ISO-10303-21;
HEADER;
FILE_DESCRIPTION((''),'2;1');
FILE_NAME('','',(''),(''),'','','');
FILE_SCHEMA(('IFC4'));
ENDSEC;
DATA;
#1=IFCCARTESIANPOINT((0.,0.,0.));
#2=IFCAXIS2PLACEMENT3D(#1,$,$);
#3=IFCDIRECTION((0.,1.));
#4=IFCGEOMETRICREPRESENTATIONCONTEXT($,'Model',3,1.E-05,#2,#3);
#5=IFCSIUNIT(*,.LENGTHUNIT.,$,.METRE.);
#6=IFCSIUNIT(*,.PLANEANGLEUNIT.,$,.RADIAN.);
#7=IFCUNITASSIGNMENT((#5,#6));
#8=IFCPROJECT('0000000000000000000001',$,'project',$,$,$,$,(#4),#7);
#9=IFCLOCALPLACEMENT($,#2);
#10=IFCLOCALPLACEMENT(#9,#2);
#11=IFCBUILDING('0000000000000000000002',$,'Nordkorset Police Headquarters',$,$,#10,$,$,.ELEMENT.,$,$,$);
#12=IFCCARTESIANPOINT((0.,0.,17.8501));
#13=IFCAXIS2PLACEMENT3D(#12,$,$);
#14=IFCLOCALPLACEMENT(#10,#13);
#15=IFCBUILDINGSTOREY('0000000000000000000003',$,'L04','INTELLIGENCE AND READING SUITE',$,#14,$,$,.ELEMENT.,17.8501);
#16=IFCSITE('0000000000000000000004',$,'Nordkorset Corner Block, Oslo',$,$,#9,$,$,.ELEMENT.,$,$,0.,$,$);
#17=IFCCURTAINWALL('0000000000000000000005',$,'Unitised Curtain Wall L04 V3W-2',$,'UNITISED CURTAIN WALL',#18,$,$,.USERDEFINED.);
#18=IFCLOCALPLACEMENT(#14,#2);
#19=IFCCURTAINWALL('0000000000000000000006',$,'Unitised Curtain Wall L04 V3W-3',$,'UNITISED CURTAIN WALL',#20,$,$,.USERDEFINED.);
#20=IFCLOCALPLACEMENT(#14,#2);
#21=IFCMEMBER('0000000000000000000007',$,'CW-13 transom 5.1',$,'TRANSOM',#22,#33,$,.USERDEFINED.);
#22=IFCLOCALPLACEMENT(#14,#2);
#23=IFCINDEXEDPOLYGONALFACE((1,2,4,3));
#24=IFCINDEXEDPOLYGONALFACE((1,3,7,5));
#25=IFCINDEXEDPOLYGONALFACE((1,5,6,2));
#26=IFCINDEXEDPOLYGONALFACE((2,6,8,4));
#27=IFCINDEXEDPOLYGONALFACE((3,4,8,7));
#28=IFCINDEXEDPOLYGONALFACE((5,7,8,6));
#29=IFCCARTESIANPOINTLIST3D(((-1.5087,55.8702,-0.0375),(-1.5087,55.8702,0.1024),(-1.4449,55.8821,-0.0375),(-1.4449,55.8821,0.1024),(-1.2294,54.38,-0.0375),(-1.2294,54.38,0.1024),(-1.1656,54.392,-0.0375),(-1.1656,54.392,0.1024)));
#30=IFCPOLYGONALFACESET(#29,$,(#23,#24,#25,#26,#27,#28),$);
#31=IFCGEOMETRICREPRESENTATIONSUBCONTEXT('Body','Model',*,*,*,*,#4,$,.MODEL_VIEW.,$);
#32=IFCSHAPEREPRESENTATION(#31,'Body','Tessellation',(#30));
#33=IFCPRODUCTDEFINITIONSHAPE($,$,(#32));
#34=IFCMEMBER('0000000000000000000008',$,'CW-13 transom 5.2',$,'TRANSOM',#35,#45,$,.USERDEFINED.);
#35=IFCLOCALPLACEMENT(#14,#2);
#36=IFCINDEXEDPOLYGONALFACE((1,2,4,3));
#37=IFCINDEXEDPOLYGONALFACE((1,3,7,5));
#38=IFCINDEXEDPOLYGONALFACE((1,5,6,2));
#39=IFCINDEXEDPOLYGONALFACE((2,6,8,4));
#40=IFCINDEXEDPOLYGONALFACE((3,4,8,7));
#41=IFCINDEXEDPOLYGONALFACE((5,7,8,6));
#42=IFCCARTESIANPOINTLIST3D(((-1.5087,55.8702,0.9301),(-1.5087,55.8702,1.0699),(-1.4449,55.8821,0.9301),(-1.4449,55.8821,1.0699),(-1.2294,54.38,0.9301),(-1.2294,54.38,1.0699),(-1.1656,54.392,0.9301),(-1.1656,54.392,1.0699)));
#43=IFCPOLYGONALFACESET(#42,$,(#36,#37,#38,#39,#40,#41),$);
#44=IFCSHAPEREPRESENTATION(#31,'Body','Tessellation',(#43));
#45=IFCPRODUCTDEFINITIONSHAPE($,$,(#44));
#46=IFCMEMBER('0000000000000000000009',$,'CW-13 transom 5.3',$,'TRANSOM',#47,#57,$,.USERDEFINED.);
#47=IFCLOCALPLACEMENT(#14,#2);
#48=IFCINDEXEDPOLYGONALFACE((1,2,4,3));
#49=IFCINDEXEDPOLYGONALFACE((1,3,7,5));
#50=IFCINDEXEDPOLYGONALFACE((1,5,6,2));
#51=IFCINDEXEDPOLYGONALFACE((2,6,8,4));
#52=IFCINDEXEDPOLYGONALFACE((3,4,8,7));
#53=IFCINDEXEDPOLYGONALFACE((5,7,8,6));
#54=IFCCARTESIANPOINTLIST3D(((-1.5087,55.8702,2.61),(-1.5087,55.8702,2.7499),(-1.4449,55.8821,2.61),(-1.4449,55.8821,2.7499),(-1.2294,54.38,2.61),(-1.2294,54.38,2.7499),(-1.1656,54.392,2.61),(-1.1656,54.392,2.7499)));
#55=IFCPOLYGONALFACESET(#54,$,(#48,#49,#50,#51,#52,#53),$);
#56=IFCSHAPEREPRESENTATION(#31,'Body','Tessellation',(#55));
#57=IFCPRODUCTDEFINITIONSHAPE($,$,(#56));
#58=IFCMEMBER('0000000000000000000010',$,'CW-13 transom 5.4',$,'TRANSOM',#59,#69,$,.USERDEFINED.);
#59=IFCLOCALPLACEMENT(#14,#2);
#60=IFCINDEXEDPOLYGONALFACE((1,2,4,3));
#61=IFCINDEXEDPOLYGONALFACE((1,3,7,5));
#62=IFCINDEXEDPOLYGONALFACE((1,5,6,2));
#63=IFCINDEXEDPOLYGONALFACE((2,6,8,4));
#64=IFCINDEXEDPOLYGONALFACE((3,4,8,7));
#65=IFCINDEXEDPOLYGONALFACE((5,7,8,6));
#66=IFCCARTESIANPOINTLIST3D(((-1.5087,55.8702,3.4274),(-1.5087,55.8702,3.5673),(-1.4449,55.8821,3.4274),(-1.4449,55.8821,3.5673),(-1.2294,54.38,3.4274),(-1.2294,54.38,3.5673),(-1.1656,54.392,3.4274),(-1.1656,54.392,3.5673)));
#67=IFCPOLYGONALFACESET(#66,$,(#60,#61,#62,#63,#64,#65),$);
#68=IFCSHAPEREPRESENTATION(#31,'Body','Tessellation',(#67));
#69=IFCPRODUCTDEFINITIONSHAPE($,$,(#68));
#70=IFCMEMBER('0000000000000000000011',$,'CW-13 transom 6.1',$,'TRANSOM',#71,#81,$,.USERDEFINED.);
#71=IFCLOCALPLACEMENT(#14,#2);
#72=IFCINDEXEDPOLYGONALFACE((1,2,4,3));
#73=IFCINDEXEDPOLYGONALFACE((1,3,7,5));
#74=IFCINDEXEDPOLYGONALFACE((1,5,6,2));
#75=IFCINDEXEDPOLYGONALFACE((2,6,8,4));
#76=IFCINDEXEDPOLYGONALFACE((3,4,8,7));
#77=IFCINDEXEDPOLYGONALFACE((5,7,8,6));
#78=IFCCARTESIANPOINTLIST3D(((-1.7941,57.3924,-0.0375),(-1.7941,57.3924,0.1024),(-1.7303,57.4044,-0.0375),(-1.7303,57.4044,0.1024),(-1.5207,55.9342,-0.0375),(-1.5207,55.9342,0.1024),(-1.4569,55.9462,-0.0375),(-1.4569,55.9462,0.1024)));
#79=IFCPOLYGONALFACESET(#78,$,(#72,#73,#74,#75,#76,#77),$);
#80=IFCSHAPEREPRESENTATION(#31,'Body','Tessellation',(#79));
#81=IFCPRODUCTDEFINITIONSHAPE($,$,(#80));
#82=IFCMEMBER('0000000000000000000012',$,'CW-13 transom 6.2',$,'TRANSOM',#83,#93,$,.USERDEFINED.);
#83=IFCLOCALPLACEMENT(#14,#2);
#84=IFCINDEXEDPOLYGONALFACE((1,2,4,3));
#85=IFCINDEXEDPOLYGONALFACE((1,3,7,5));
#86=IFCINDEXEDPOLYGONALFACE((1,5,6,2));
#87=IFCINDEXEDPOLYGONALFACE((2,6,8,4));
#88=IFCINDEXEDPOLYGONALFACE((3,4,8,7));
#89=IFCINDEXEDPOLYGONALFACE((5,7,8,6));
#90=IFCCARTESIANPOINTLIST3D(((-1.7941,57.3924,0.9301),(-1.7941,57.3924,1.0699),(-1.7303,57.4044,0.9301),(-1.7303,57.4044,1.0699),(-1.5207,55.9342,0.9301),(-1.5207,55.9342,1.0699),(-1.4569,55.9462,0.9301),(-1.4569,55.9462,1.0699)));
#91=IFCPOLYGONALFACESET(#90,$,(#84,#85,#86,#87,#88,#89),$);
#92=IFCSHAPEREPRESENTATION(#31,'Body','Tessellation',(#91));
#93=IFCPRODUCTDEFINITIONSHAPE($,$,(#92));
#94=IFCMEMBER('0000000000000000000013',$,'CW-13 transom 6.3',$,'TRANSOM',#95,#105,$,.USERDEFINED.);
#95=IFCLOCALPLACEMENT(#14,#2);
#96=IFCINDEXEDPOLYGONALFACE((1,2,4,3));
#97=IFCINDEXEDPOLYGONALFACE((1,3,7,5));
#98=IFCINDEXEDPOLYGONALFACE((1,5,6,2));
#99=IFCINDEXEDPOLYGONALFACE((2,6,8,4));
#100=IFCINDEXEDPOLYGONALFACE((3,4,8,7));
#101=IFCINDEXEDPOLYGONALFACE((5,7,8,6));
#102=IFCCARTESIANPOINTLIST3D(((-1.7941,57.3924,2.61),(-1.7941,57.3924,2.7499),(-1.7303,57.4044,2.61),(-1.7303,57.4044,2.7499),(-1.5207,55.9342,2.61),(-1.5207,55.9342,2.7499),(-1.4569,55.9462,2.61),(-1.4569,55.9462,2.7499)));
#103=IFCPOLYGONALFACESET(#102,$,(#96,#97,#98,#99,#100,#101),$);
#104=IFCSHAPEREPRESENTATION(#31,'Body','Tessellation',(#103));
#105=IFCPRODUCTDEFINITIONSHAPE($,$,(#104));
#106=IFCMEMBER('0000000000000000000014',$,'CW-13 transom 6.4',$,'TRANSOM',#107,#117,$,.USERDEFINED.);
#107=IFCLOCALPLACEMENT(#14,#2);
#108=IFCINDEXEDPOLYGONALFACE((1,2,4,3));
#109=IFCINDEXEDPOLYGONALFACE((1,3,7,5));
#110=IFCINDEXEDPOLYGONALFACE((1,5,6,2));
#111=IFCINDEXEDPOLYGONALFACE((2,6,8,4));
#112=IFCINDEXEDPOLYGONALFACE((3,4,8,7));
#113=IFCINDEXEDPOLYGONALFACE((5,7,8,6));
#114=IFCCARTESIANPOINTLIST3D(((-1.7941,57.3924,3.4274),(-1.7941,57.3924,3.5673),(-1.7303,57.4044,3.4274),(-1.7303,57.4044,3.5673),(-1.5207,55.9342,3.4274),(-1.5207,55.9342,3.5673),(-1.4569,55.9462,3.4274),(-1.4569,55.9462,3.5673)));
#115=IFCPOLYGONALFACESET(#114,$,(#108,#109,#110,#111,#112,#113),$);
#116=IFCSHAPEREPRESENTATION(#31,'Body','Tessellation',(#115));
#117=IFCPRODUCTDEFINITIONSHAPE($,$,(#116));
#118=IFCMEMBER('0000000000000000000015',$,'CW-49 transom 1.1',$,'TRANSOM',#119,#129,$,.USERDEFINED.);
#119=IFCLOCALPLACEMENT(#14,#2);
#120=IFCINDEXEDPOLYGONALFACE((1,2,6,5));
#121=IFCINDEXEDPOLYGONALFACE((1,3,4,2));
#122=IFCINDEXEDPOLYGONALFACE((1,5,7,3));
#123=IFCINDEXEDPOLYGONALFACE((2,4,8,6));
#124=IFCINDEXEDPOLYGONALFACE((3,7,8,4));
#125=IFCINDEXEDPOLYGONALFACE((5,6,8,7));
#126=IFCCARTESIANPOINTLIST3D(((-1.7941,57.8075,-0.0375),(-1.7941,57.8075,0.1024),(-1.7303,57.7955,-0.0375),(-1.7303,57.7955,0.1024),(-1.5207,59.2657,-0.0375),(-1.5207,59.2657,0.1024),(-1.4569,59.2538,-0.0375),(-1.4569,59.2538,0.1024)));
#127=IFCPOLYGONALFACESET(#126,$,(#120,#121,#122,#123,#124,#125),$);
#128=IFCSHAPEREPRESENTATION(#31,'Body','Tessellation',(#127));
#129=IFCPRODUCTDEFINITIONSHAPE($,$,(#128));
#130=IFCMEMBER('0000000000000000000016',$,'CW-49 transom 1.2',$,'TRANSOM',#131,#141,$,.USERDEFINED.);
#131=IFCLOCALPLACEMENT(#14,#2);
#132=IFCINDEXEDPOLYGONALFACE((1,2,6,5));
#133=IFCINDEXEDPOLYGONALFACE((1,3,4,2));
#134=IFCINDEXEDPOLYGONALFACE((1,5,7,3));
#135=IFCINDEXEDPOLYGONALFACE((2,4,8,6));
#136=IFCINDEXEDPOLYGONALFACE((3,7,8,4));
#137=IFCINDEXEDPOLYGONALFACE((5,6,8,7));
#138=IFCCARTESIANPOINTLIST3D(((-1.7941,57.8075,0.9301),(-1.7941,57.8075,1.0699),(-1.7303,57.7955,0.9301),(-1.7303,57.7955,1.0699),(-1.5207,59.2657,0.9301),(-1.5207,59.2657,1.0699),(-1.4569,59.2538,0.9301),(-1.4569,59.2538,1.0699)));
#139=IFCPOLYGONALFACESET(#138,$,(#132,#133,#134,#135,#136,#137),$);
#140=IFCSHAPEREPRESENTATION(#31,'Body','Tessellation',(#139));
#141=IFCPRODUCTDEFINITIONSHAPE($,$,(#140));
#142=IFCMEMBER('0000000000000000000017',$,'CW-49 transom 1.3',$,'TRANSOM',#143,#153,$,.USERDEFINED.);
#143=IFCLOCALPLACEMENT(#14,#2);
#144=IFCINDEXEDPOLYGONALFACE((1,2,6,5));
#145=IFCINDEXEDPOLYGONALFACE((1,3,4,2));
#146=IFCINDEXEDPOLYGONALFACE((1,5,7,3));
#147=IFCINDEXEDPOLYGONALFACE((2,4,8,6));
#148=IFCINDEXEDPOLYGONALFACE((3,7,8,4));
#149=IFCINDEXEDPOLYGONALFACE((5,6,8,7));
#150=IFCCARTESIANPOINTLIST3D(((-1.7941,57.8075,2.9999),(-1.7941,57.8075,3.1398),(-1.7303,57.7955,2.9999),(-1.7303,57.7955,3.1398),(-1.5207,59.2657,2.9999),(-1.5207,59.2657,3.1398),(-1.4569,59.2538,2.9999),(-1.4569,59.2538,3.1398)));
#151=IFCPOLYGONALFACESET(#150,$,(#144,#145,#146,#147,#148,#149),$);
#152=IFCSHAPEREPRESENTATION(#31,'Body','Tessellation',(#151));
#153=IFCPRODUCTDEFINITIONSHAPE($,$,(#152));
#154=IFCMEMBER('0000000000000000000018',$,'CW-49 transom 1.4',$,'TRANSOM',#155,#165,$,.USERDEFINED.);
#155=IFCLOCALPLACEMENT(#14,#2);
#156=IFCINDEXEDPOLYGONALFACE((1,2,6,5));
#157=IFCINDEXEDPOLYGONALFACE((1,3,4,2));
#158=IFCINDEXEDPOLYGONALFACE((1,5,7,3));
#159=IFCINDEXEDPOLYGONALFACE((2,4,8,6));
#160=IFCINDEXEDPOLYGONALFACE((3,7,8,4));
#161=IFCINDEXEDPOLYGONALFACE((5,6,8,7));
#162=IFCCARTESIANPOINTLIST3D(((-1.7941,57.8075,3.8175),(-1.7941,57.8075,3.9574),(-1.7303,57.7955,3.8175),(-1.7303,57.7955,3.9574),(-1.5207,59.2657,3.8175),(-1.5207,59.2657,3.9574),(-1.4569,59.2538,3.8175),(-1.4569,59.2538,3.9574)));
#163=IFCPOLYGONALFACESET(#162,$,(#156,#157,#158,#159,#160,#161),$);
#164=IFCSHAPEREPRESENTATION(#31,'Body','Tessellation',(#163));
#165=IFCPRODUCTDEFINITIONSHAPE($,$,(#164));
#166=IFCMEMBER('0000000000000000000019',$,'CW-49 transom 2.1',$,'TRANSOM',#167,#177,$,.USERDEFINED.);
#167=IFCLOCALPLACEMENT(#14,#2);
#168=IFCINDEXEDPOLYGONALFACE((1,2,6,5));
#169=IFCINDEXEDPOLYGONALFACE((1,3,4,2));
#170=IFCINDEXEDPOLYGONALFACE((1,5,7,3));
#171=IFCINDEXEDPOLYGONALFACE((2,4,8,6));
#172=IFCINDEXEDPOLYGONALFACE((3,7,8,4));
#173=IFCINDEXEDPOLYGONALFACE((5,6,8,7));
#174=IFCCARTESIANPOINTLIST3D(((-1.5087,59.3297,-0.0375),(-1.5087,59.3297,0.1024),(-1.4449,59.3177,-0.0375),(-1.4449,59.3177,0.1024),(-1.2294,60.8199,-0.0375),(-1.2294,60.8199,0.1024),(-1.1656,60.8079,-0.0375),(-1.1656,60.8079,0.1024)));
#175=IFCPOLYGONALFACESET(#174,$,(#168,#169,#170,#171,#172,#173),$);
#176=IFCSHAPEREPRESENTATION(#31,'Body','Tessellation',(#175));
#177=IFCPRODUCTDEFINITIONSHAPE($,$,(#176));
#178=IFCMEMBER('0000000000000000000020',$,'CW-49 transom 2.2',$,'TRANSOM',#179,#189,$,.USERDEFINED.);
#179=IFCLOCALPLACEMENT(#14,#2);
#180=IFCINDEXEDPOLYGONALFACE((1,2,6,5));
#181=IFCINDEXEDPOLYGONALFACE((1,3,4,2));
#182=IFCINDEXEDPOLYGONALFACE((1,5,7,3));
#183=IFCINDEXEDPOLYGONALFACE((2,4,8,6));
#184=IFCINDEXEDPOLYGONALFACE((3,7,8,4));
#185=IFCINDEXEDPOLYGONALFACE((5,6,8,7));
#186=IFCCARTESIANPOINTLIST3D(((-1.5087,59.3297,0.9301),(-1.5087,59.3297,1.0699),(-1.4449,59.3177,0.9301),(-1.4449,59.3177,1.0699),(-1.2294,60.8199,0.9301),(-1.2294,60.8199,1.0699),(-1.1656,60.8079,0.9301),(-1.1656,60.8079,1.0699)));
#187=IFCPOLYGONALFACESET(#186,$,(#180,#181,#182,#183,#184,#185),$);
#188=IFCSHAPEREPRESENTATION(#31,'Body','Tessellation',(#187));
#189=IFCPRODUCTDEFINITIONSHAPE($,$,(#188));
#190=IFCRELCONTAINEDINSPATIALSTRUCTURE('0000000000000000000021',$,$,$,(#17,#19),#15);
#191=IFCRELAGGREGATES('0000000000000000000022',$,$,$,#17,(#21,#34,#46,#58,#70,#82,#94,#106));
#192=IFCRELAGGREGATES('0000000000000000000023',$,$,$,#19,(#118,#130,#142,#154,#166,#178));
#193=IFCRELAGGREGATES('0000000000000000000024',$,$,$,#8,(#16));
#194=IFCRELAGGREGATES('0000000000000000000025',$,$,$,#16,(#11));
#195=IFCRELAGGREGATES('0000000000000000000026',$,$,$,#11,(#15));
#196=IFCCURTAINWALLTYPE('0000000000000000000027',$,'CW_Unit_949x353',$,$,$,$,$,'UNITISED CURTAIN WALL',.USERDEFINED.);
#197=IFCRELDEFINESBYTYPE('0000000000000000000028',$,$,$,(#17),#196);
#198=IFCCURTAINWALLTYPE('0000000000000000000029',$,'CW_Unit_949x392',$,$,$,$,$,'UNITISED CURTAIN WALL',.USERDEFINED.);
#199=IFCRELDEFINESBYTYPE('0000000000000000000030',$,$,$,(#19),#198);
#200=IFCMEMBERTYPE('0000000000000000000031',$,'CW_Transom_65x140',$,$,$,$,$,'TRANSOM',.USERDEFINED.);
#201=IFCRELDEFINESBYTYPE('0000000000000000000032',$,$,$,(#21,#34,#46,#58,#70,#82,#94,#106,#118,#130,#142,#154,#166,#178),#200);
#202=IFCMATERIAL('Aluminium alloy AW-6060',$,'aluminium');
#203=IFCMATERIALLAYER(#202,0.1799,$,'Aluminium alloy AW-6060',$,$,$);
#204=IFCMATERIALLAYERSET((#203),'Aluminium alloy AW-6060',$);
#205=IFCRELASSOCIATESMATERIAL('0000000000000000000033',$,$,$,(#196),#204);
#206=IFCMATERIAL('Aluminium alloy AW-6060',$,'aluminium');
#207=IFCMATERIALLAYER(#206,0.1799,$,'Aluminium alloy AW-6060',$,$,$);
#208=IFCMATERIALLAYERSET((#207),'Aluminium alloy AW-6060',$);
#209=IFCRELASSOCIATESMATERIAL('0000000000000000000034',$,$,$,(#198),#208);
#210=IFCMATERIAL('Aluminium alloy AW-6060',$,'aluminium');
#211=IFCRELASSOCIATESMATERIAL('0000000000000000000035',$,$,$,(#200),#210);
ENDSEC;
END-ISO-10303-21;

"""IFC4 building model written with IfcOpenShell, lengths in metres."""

from ifc_helpers import new_model, si_unit, direction, frame, origin, origin_2d, place, context, subcontext, project, spatial, rectangle, extrude, material, layer, layer_set, material_profile, profile_set, type_object, element, aggregate, save


model = new_model("IFC4")

# Units and contexts
model_context = context("Model", 3, precision=1e-05, world=origin(), true_north=direction((0.0, 1.0)))
body_context = subcontext(model_context, "Body", "Model", "MODEL_VIEW")
ifc_project = project(units=[si_unit("LENGTHUNIT", "METRE"), si_unit("PLANEANGLEUNIT", "RADIAN")], contexts=[model_context])

# Site, building, storey
site_placement = place(None, origin())
site = spatial("IfcSite", under=ifc_project, at=site_placement, Name="Nordkorset Corner Block, Oslo", CompositionType="ELEMENT", RefElevation=0.0)
building_placement = place(site_placement, origin())
building = spatial("IfcBuilding", under=site, at=building_placement, Name="Nordkorset Police Headquarters", CompositionType="ELEMENT")
storey_placement = place(building_placement, frame((0.0, 0.0, 17.8501)))
storey = spatial("IfcBuildingStorey", under=building, at=storey_placement, Name="L04", Description="INTELLIGENCE AND READING SUITE", CompositionType="ELEMENT", Elevation=17.8501)

# Curtain walls
ifc_material_1 = material(Name="Aluminium alloy AW-6060", Category="aluminium")
ifc_layer_1 = layer(ifc_material_1, 0.1799, Name="Aluminium alloy AW-6060")
ifc_layer_set_1 = layer_set([ifc_layer_1], Name="Aluminium alloy AW-6060")
curtain_wall_type_1 = type_object("IfcCurtainWallType", Name="CW_Unit_949x353", ElementType="UNITISED CURTAIN WALL", PredefinedType="USERDEFINED", material=ifc_layer_set_1)
curtain_wall_1_placement = place(storey_placement, origin())
curtain_wall_1 = element("IfcCurtainWall", 1, at=curtain_wall_1_placement, inside=storey, type_object=curtain_wall_type_1, Name="Unitised Curtain Wall L04 V3W-2", ObjectType="UNITISED CURTAIN WALL", PredefinedType="USERDEFINED")
ifc_material_2 = material(Name="Aluminium alloy AW-6060", Category="aluminium")
ifc_layer_2 = layer(ifc_material_2, 0.1799, Name="Aluminium alloy AW-6060")
ifc_layer_set_2 = layer_set([ifc_layer_2], Name="Aluminium alloy AW-6060")
curtain_wall_type_2 = type_object("IfcCurtainWallType", Name="CW_Unit_949x392", ElementType="UNITISED CURTAIN WALL", PredefinedType="USERDEFINED", material=ifc_layer_set_2)
curtain_wall_2_placement = place(storey_placement, origin())
curtain_wall_2 = element("IfcCurtainWall", 2, at=curtain_wall_2_placement, inside=storey, type_object=curtain_wall_type_2, Name="Unitised Curtain Wall L04 V3W-3", ObjectType="UNITISED CURTAIN WALL", PredefinedType="USERDEFINED")

# Members
ifc_material_3 = material(Name="Aluminium alloy AW-6060", Category="aluminium")
ifc_material_profile_1 = material_profile(ifc_material_3, rectangle(XDim=0.0649, YDim=0.1399, at=origin_2d()), Name="ALU TRAN 65x140")
ifc_profile_set_1 = profile_set([ifc_material_profile_1], Name="Aluminium alloy AW-6060")
member_type_1 = type_object("IfcMemberType", Name="CW_Transom_65x140", ElementType="TRANSOM", PredefinedType="USERDEFINED", material=ifc_profile_set_1)
member_1_placement = place(storey_placement, frame((-1.1975, 54.386, 0.0325), z_axis=(-0.184211, 0.982887, 0.0), x_axis=(-0.982887, -0.184211, 0.0)))
member_1 = element("IfcMember", 3, at=member_1_placement, type_object=member_type_1, Name="CW-13 transom 5.1", ObjectType="TRANSOM", PredefinedType="USERDEFINED", context=body_context, shape_type="SweptSolid", body=[
    extrude(rectangle(XDim=0.0649, YDim=0.1399, at=origin_2d()), origin(), (0.0, 0.0, 1.0), 1.5161),
])
member_2_placement = place(storey_placement, frame((-1.1975, 54.386, 1.0), z_axis=(-0.184211, 0.982887, 0.0), x_axis=(-0.982887, -0.184211, 0.0)))
member_2 = element("IfcMember", 4, at=member_2_placement, type_object=member_type_1, Name="CW-13 transom 5.2", ObjectType="TRANSOM", PredefinedType="USERDEFINED", context=body_context, shape_type="SweptSolid", body=[
    extrude(rectangle(XDim=0.0649, YDim=0.1399, at=origin_2d()), origin(), (0.0, 0.0, 1.0), 1.5161),
])
member_3_placement = place(storey_placement, frame((-1.1975, 54.386, 2.6799), z_axis=(-0.184211, 0.982887, 0.0), x_axis=(-0.982887, -0.184211, 0.0)))
member_3 = element("IfcMember", 5, at=member_3_placement, type_object=member_type_1, Name="CW-13 transom 5.3", ObjectType="TRANSOM", PredefinedType="USERDEFINED", context=body_context, shape_type="SweptSolid", body=[
    extrude(rectangle(XDim=0.0649, YDim=0.1399, at=origin_2d()), origin(), (0.0, 0.0, 1.0), 1.5161),
])
member_4_placement = place(storey_placement, frame((-1.1975, 54.386, 3.4973), z_axis=(-0.184211, 0.982887, 0.0), x_axis=(-0.982887, -0.184211, 0.0)))
member_4 = element("IfcMember", 6, at=member_4_placement, type_object=member_type_1, Name="CW-13 transom 5.4", ObjectType="TRANSOM", PredefinedType="USERDEFINED", context=body_context, shape_type="SweptSolid", body=[
    extrude(rectangle(XDim=0.0649, YDim=0.1399, at=origin_2d()), origin(), (0.0, 0.0, 1.0), 1.5161),
])
member_5_placement = place(storey_placement, frame((-1.4888, 55.9402, 0.0325), z_axis=(-0.184298, 0.98287, 0.0), x_axis=(-0.98287, -0.184298, 0.0)))
member_5 = element("IfcMember", 7, at=member_5_placement, type_object=member_type_1, Name="CW-13 transom 6.1", ObjectType="TRANSOM", PredefinedType="USERDEFINED", context=body_context, shape_type="SweptSolid", body=[
    extrude(rectangle(XDim=0.0649, YDim=0.1399, at=origin_2d()), origin(), (0.0, 0.0, 1.0), 1.4836),
])
member_6_placement = place(storey_placement, frame((-1.4888, 55.9402, 1.0), z_axis=(-0.184298, 0.98287, 0.0), x_axis=(-0.98287, -0.184298, 0.0)))
member_6 = element("IfcMember", 8, at=member_6_placement, type_object=member_type_1, Name="CW-13 transom 6.2", ObjectType="TRANSOM", PredefinedType="USERDEFINED", context=body_context, shape_type="SweptSolid", body=[
    extrude(rectangle(XDim=0.0649, YDim=0.1399, at=origin_2d()), origin(), (0.0, 0.0, 1.0), 1.4836),
])
member_7_placement = place(storey_placement, frame((-1.4888, 55.9402, 2.6799), z_axis=(-0.184298, 0.98287, 0.0), x_axis=(-0.98287, -0.184298, 0.0)))
member_7 = element("IfcMember", 9, at=member_7_placement, type_object=member_type_1, Name="CW-13 transom 6.3", ObjectType="TRANSOM", PredefinedType="USERDEFINED", context=body_context, shape_type="SweptSolid", body=[
    extrude(rectangle(XDim=0.0649, YDim=0.1399, at=origin_2d()), origin(), (0.0, 0.0, 1.0), 1.4836),
])
member_8_placement = place(storey_placement, frame((-1.4888, 55.9402, 3.4973), z_axis=(-0.184298, 0.98287, 0.0), x_axis=(-0.98287, -0.184298, 0.0)))
member_8 = element("IfcMember", 10, at=member_8_placement, type_object=member_type_1, Name="CW-13 transom 6.4", ObjectType="TRANSOM", PredefinedType="USERDEFINED", context=body_context, shape_type="SweptSolid", body=[
    extrude(rectangle(XDim=0.0649, YDim=0.1399, at=origin_2d()), origin(), (0.0, 0.0, 1.0), 1.4836),
])
member_9_placement = place(storey_placement, frame((-1.7622, 57.8015, 0.0325), z_axis=(0.184298, 0.98287, 0.0), x_axis=(-0.98287, 0.184298, 0.0)))
member_9 = element("IfcMember", 11, at=member_9_placement, type_object=member_type_1, Name="CW-49 transom 1.1", ObjectType="TRANSOM", PredefinedType="USERDEFINED", context=body_context, shape_type="SweptSolid", body=[
    extrude(rectangle(XDim=0.0649, YDim=0.1399, at=origin_2d()), origin(), (0.0, 0.0, 1.0), 1.4836),
])
member_10_placement = place(storey_placement, frame((-1.7622, 57.8015, 1.0), z_axis=(0.184298, 0.98287, 0.0), x_axis=(-0.98287, 0.184298, 0.0)))
member_10 = element("IfcMember", 12, at=member_10_placement, type_object=member_type_1, Name="CW-49 transom 1.2", ObjectType="TRANSOM", PredefinedType="USERDEFINED", context=body_context, shape_type="SweptSolid", body=[
    extrude(rectangle(XDim=0.0649, YDim=0.1399, at=origin_2d()), origin(), (0.0, 0.0, 1.0), 1.4836),
])
member_11_placement = place(storey_placement, frame((-1.7622, 57.8015, 3.0698), z_axis=(0.184298, 0.98287, 0.0), x_axis=(-0.98287, 0.184298, 0.0)))
member_11 = element("IfcMember", 13, at=member_11_placement, type_object=member_type_1, Name="CW-49 transom 1.3", ObjectType="TRANSOM", PredefinedType="USERDEFINED", context=body_context, shape_type="SweptSolid", body=[
    extrude(rectangle(XDim=0.0649, YDim=0.1399, at=origin_2d()), origin(), (0.0, 0.0, 1.0), 1.4836),
])
member_12_placement = place(storey_placement, frame((-1.7622, 57.8015, 3.8875), z_axis=(0.184298, 0.98287, 0.0), x_axis=(-0.98287, 0.184298, 0.0)))
member_12 = element("IfcMember", 14, at=member_12_placement, type_object=member_type_1, Name="CW-49 transom 1.4", ObjectType="TRANSOM", PredefinedType="USERDEFINED", context=body_context, shape_type="SweptSolid", body=[
    extrude(rectangle(XDim=0.0649, YDim=0.1399, at=origin_2d()), origin(), (0.0, 0.0, 1.0), 1.4836),
])
member_13_placement = place(storey_placement, frame((-1.4768, 59.3237, 0.0325), z_axis=(0.184211, 0.982887, 0.0), x_axis=(-0.982887, 0.184211, 0.0)))
member_13 = element("IfcMember", 15, at=member_13_placement, type_object=member_type_1, Name="CW-49 transom 2.1", ObjectType="TRANSOM", PredefinedType="USERDEFINED", context=body_context, shape_type="SweptSolid", body=[
    extrude(rectangle(XDim=0.0649, YDim=0.1399, at=origin_2d()), origin(), (0.0, 0.0, 1.0), 1.5161),
])
member_14_placement = place(storey_placement, frame((-1.4768, 59.3237, 1.0), z_axis=(0.184211, 0.982887, 0.0), x_axis=(-0.982887, 0.184211, 0.0)))
member_14 = element("IfcMember", 16, at=member_14_placement, type_object=member_type_1, Name="CW-49 transom 2.2", ObjectType="TRANSOM", PredefinedType="USERDEFINED", context=body_context, shape_type="SweptSolid", body=[
    extrude(rectangle(XDim=0.0649, YDim=0.1399, at=origin_2d()), origin(), (0.0, 0.0, 1.0), 1.5161),
])

aggregate(curtain_wall_1, [member_1, member_2, member_3, member_4, member_5, member_6, member_7, member_8])
aggregate(curtain_wall_2, [member_9, member_10, member_11, member_12, member_13, member_14])

save(model, "model.ifc")
